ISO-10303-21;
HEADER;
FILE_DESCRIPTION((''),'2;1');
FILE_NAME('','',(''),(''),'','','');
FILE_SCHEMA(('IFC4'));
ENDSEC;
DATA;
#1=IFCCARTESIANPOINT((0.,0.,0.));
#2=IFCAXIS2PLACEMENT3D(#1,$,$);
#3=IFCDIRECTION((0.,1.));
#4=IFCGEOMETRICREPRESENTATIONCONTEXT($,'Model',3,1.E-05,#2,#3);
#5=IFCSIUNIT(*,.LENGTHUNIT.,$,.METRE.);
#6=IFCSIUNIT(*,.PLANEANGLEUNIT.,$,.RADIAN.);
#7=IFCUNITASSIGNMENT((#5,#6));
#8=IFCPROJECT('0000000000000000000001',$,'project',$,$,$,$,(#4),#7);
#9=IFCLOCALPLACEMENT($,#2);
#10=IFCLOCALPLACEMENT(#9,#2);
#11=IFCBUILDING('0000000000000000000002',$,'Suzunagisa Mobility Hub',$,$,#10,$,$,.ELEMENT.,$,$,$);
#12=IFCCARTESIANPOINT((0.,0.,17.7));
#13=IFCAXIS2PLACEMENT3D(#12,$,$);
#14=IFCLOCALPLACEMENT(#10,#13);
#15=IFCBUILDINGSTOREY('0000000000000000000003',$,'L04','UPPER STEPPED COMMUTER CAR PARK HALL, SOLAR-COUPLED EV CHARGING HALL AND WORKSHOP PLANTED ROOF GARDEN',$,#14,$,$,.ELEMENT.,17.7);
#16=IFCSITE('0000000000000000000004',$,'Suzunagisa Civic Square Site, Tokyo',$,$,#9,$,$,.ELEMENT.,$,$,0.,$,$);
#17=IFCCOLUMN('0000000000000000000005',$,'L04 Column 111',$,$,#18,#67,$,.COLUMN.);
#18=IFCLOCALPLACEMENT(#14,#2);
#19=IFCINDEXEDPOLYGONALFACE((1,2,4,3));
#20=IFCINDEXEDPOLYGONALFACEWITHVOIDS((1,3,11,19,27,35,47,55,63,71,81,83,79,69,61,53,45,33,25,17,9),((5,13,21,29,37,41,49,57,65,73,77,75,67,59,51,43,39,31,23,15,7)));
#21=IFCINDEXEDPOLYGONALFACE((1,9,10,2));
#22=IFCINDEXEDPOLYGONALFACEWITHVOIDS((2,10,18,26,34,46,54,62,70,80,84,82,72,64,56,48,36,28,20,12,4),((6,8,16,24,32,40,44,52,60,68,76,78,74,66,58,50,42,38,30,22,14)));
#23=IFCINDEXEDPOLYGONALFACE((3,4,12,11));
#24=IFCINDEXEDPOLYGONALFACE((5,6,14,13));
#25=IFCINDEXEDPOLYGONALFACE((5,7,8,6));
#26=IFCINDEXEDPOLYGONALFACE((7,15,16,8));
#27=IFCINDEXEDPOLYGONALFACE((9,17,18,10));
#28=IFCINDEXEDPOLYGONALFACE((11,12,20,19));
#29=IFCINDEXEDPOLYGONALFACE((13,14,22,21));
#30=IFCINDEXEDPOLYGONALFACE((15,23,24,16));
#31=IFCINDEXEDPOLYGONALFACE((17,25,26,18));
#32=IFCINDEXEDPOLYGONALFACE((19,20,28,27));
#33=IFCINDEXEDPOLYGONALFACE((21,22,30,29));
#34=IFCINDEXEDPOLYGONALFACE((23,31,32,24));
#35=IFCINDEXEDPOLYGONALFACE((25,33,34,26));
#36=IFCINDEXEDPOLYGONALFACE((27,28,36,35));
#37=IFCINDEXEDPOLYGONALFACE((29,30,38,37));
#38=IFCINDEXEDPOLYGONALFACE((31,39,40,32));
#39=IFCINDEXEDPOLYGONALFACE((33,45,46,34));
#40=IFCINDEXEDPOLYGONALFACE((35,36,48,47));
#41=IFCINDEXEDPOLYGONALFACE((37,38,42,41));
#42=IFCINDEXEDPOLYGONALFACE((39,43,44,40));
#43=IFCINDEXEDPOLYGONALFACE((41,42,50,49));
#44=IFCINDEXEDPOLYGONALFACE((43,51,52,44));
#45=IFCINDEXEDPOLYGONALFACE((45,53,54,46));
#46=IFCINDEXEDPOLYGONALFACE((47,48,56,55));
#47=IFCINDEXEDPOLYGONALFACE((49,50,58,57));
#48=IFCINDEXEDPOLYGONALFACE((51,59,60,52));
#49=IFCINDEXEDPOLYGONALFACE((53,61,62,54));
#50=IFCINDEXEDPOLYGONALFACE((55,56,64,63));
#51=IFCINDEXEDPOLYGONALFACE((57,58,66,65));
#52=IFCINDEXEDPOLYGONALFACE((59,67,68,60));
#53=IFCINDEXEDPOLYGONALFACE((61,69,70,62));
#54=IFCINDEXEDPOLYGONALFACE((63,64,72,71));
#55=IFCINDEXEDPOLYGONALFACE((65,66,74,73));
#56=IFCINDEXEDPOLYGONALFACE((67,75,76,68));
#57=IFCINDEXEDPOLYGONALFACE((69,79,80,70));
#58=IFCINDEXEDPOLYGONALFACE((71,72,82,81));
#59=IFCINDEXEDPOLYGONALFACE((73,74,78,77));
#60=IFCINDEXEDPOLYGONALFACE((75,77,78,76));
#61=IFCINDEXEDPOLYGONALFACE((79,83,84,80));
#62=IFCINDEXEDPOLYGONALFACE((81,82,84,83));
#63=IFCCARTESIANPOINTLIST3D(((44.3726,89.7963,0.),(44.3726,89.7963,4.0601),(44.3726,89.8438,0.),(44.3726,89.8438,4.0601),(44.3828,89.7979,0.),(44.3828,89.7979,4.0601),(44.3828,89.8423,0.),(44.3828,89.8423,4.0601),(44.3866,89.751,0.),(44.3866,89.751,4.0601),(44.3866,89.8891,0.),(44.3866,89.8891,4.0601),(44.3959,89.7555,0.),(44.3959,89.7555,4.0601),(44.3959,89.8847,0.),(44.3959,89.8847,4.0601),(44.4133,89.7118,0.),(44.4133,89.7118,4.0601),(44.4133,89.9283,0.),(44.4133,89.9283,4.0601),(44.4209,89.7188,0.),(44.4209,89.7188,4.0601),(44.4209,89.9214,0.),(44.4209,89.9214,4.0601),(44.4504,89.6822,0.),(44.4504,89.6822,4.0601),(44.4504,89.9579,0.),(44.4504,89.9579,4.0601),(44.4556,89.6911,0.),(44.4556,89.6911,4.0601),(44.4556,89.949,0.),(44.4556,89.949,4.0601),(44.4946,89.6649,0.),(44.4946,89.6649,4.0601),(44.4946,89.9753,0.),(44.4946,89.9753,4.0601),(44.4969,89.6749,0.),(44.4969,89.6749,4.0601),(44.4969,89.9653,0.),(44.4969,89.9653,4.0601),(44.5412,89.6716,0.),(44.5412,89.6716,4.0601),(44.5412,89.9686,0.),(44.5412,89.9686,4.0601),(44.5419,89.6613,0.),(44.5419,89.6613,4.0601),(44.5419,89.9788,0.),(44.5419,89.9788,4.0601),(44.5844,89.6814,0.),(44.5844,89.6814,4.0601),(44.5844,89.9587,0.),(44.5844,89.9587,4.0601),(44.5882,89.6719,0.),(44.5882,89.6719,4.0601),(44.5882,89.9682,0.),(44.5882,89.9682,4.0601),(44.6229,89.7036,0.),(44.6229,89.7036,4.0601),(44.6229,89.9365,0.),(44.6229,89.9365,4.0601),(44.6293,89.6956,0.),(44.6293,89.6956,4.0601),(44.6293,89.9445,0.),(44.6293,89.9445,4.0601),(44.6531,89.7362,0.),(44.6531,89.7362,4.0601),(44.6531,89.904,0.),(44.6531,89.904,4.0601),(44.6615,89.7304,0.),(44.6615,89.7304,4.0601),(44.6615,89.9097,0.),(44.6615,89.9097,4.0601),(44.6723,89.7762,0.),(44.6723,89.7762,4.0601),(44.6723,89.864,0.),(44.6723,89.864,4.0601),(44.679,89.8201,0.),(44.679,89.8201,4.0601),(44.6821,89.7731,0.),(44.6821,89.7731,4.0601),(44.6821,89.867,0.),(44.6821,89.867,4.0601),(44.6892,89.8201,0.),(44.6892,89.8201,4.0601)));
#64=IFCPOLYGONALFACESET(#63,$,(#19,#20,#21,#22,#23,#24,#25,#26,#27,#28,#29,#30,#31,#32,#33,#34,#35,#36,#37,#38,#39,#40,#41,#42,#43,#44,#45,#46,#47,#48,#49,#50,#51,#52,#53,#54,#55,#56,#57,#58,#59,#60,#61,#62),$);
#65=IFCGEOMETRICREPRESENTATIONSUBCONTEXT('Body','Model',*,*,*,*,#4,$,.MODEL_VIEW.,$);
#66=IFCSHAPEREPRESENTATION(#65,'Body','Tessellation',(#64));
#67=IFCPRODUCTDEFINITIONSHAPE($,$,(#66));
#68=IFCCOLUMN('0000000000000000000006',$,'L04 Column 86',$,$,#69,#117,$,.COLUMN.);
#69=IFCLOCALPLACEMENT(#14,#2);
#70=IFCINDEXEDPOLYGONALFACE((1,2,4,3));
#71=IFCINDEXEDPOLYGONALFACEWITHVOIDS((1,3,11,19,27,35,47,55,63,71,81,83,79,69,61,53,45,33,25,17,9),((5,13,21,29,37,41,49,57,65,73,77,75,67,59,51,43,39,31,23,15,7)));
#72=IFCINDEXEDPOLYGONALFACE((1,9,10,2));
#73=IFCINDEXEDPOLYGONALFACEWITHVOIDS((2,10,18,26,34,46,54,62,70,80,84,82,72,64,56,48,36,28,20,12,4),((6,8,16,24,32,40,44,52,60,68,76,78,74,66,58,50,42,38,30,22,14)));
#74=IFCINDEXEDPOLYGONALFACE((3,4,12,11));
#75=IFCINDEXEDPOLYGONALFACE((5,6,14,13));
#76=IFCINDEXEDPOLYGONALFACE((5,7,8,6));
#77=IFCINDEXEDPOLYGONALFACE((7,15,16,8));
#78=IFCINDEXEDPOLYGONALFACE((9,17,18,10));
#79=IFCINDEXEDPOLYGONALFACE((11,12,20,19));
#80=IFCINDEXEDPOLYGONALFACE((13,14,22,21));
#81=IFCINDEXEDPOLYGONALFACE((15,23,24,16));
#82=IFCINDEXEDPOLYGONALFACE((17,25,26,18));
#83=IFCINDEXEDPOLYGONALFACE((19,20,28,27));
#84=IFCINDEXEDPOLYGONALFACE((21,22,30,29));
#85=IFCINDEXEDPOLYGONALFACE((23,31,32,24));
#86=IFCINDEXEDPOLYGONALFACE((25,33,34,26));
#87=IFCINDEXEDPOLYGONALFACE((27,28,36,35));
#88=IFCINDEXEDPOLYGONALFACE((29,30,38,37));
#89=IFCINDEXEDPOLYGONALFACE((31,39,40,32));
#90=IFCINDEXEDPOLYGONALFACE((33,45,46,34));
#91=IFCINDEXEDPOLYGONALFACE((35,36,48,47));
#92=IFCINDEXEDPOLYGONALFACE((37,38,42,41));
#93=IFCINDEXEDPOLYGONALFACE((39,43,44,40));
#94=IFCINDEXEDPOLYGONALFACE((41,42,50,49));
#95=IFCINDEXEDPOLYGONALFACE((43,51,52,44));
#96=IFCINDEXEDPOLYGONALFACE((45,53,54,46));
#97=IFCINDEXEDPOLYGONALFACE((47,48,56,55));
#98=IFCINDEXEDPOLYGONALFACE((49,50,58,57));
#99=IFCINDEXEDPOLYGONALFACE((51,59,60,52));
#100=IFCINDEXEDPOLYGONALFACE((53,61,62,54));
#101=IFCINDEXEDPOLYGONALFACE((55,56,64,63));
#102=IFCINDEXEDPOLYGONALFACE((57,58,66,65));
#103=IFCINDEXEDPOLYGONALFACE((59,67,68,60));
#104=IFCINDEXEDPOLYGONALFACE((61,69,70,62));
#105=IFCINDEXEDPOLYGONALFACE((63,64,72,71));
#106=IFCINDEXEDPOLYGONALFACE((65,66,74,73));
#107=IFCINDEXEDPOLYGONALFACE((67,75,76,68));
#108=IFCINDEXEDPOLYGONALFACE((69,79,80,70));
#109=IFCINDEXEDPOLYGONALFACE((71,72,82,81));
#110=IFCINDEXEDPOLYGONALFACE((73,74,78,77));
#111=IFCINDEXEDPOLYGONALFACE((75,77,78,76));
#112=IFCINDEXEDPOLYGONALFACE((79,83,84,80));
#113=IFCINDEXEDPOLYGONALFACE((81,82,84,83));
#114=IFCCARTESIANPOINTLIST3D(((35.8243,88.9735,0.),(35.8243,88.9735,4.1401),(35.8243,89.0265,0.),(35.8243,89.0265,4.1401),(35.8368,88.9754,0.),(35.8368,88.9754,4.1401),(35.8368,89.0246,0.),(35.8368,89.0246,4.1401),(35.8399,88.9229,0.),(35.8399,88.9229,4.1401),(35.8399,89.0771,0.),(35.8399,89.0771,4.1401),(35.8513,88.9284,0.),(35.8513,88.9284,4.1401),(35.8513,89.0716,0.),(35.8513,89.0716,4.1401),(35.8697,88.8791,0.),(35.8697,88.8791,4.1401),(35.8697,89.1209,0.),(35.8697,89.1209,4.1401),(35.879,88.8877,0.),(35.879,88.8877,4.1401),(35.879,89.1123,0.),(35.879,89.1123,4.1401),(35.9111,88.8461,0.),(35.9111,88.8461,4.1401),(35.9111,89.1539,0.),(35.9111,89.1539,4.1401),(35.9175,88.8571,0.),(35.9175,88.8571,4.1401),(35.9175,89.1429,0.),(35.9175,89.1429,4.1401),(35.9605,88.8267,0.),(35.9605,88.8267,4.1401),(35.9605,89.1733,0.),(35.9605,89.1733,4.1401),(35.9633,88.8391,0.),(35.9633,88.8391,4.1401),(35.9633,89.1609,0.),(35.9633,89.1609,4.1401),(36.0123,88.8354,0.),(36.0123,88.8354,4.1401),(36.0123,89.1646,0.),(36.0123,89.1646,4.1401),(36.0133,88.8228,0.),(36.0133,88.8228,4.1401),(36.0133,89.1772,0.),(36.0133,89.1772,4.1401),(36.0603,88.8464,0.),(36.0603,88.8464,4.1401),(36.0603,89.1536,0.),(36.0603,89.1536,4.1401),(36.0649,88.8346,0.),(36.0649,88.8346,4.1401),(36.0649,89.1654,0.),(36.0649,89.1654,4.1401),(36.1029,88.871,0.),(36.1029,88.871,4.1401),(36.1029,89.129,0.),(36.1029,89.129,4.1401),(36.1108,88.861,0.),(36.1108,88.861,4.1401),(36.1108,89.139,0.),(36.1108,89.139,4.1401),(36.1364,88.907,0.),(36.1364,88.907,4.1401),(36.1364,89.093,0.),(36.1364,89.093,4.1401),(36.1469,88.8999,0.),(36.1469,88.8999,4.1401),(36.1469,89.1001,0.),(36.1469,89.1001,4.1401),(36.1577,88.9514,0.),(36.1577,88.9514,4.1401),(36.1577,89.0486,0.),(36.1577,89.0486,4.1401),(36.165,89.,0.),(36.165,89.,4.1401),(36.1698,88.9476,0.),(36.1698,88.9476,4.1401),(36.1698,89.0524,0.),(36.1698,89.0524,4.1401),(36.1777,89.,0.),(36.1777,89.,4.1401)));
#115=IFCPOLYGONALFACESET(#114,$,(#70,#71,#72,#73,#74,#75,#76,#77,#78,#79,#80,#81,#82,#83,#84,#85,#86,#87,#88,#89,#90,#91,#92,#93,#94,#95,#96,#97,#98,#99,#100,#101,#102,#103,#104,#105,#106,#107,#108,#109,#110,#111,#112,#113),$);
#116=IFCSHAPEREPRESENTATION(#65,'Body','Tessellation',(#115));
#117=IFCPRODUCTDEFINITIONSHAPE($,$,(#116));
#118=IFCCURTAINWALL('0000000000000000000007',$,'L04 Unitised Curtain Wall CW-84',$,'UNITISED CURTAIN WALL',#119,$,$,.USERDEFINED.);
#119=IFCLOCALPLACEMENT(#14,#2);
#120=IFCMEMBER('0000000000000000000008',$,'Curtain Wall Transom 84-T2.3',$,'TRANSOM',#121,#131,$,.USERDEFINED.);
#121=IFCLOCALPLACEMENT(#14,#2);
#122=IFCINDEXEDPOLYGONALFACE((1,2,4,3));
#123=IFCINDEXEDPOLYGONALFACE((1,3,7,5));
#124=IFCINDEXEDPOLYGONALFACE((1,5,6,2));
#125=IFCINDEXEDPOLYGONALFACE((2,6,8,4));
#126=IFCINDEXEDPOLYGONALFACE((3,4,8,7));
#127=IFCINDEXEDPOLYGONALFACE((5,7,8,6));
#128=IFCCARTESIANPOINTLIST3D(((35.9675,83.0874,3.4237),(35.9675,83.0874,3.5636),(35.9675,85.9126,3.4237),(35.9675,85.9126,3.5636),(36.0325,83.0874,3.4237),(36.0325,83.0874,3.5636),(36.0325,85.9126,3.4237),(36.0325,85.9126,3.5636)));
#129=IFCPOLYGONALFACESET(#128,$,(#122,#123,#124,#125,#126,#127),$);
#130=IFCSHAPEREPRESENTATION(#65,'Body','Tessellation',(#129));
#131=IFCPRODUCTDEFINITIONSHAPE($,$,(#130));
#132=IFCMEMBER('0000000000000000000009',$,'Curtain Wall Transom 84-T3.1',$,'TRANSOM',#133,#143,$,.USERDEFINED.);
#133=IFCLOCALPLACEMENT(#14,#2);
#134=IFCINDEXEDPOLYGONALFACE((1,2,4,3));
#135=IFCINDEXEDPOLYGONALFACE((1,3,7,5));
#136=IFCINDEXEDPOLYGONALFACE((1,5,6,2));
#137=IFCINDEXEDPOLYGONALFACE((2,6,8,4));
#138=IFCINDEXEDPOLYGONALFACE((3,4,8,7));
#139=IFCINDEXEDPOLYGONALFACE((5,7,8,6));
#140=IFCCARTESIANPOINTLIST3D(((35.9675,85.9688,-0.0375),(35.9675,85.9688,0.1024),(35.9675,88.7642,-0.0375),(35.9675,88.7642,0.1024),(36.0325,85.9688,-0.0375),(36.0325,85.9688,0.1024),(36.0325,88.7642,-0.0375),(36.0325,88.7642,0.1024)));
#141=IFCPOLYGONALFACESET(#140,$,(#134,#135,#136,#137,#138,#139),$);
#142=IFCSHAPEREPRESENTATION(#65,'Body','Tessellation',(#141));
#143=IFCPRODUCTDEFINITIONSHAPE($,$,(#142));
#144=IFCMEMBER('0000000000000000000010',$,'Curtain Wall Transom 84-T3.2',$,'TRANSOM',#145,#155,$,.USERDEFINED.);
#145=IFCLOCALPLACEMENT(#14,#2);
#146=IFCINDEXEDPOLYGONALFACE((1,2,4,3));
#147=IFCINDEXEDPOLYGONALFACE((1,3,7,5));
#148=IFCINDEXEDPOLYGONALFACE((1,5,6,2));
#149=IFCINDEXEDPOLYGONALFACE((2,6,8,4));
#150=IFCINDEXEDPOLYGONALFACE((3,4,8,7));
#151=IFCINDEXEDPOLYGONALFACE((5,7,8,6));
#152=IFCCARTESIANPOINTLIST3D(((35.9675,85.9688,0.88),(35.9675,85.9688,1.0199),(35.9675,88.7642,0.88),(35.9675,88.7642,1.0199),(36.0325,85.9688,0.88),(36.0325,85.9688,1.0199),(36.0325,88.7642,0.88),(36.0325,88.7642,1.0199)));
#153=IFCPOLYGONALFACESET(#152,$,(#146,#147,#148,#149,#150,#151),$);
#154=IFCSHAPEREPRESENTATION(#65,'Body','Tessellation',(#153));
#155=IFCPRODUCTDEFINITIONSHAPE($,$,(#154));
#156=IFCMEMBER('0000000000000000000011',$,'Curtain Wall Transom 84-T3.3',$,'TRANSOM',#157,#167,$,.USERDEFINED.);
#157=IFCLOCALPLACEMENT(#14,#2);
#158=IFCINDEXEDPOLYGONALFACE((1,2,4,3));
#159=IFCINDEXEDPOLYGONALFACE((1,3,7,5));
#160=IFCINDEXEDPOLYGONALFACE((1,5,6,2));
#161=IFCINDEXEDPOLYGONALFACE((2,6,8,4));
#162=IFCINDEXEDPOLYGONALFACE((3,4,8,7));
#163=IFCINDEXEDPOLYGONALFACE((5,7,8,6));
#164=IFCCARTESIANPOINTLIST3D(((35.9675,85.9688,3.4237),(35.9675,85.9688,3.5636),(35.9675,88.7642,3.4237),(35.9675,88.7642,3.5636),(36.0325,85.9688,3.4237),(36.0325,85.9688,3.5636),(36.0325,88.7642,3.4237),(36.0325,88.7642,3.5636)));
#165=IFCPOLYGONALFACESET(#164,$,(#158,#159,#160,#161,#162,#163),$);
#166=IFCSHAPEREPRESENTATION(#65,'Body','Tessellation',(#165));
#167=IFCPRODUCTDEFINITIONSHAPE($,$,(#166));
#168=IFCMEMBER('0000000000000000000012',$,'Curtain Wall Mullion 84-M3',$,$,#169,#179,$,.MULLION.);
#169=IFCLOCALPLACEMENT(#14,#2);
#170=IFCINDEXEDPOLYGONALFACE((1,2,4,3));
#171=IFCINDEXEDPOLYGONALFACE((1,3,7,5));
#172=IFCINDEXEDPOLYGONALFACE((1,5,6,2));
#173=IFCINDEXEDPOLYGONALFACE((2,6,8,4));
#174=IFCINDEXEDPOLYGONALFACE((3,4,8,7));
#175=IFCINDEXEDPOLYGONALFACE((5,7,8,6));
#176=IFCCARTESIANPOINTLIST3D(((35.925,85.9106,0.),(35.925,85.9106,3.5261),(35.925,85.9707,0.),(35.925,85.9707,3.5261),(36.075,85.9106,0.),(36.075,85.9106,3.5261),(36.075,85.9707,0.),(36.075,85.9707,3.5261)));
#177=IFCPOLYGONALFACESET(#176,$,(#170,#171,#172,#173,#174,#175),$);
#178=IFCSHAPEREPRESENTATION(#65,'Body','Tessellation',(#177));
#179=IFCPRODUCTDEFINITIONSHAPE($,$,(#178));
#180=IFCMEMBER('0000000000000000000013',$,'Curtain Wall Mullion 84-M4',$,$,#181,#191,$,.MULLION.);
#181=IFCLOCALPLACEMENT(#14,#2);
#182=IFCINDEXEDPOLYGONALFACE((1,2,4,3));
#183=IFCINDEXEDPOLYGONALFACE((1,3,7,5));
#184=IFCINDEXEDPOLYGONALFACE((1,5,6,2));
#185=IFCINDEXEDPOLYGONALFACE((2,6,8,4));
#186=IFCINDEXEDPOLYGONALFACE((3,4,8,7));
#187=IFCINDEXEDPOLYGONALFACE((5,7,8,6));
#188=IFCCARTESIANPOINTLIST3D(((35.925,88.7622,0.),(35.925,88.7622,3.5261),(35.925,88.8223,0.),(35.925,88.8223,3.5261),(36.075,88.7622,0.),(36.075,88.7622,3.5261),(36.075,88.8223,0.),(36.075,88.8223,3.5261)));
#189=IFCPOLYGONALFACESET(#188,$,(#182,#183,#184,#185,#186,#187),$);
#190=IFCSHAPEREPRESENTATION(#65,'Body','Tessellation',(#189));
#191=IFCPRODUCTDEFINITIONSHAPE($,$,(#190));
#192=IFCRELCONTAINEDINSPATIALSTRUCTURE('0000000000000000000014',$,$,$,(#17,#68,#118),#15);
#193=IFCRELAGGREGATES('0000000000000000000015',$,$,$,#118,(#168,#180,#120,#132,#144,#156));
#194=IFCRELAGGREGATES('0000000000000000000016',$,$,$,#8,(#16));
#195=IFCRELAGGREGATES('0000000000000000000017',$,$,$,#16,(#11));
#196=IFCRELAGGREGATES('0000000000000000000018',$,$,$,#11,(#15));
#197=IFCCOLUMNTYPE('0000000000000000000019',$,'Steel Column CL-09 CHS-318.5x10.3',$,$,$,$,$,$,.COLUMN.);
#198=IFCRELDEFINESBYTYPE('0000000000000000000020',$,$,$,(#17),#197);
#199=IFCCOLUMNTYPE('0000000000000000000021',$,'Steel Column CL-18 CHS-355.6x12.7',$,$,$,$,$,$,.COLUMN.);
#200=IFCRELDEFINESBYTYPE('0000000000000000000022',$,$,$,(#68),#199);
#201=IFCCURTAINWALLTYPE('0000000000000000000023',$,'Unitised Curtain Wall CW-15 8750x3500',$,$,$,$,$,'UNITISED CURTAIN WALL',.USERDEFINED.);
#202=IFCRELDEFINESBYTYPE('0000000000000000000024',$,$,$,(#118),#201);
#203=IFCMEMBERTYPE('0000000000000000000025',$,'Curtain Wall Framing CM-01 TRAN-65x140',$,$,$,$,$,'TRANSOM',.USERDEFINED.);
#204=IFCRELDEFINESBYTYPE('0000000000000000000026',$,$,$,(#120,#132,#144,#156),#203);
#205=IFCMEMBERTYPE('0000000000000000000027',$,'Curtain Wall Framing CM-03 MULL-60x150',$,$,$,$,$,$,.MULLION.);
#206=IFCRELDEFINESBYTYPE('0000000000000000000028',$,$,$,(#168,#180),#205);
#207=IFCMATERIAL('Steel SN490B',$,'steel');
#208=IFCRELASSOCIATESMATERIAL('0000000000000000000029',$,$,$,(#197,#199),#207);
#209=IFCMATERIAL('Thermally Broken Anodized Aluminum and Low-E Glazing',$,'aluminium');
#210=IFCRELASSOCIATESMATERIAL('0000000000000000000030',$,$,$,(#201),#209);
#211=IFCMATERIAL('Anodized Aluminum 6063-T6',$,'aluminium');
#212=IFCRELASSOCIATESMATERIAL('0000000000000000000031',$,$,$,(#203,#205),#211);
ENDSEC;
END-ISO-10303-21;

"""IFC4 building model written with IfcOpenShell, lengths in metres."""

from ifc_helpers import new_model, si_unit, direction, frame, origin, origin_2d, place, context, subcontext, project, spatial, rectangle, hollow_circle, extrude, material, material_profile, profile_set, type_object, element, aggregate, save


model = new_model("IFC4")

# Units and contexts
model_context = context("Model", 3, precision=1e-05, world=origin(), true_north=direction((0.0, 1.0)))
body_context = subcontext(model_context, "Body", "Model", "MODEL_VIEW")
ifc_project = project(units=[si_unit("LENGTHUNIT", "METRE"), si_unit("PLANEANGLEUNIT", "RADIAN")], contexts=[model_context])

# Site, building, storey
site_placement = place(None, origin())
site = spatial("IfcSite", under=ifc_project, at=site_placement, Name="Suzunagisa Civic Square Site, Tokyo", CompositionType="ELEMENT", RefElevation=0.0)
building_placement = place(site_placement, origin())
building = spatial("IfcBuilding", under=site, at=building_placement, Name="Suzunagisa Mobility Hub", CompositionType="ELEMENT")
storey_placement = place(building_placement, frame((0.0, 0.0, 17.7)))
storey = spatial("IfcBuildingStorey", under=building, at=storey_placement, Name="L04", Description="UPPER STEPPED COMMUTER CAR PARK HALL, SOLAR-COUPLED EV CHARGING HALL AND WORKSHOP PLANTED ROOF GARDEN", CompositionType="ELEMENT", Elevation=17.7)

# Columns
ifc_material_1 = material(Name="Steel SN490B", Category="steel")
ifc_material_profile_1 = material_profile(ifc_material_1, hollow_circle(Radius=0.1592, WallThickness=0.0103, at=origin_2d()), Name="CHS-318.5x10.3")
ifc_profile_set_1 = profile_set([ifc_material_profile_1], Name="Steel SN490B")
column_type_1 = type_object("IfcColumnType", Name="Steel Column CL-09 CHS-318.5x10.3", PredefinedType="COLUMN", material=ifc_profile_set_1)
for number, where, z_axis, x_axis, name in (
    (1, (44.53, 89.8201, 0.0), (0.0, 0.0, 1.0), (1.0, 0.0, 0.0), "L04 Column 111"),
):
    element("IfcColumn", number, at=place(storey_placement, frame(where, z_axis=z_axis, x_axis=x_axis)), inside=storey, type_object=column_type_1, Name=name, PredefinedType="COLUMN", context=body_context, shape_type="SweptSolid", body=[
        extrude(hollow_circle(Radius=0.1592, WallThickness=0.0103, at=origin_2d()), origin(), (0.0, 0.0, 1.0), 4.0601),
    ])
ifc_material_profile_2 = material_profile(ifc_material_1, hollow_circle(Radius=0.1777, WallThickness=0.0127, at=origin_2d()), Name="CHS-355.6x12.7")
ifc_profile_set_2 = profile_set([ifc_material_profile_2], Name="Steel SN490B")
column_type_2 = type_object("IfcColumnType", Name="Steel Column CL-18 CHS-355.6x12.7", PredefinedType="COLUMN", material=ifc_profile_set_2)
column_1_placement = place(storey_placement, frame((36.0, 89.0, 0.0), z_axis=(0.0, 0.0, 1.0), x_axis=(1.0, 0.0, 0.0)))
element("IfcColumn", 2, at=column_1_placement, inside=storey, type_object=column_type_2, Name="L04 Column 86", PredefinedType="COLUMN", context=body_context, shape_type="SweptSolid", body=[
    extrude(hollow_circle(Radius=0.1777, WallThickness=0.0127, at=origin_2d()), origin(), (0.0, 0.0, 1.0), 4.1401),
])

# Curtain wall, members
ifc_material_2 = material(Name="Thermally Broken Anodized Aluminum and Low-E Glazing", Category="aluminium")
curtain_wall_type = type_object("IfcCurtainWallType", Name="Unitised Curtain Wall CW-15 8750x3500", ElementType="UNITISED CURTAIN WALL", PredefinedType="USERDEFINED", material=ifc_material_2)
curtain_wall_placement = place(storey_placement, origin())
curtain_wall = element("IfcCurtainWall", 3, at=curtain_wall_placement, inside=storey, type_object=curtain_wall_type, Name="L04 Unitised Curtain Wall CW-84", ObjectType="UNITISED CURTAIN WALL", PredefinedType="USERDEFINED")
ifc_material_3 = material(Name="Anodized Aluminum 6063-T6", Category="aluminium")
ifc_material_profile_3 = material_profile(ifc_material_3, rectangle(XDim=0.0649, YDim=0.1399, at=origin_2d()), Name="TRAN-65x140")
ifc_profile_set_3 = profile_set([ifc_material_profile_3], Name="Anodized Aluminum 6063-T6")
member_type_1 = type_object("IfcMemberType", Name="Curtain Wall Framing CM-01 TRAN-65x140", ElementType="TRANSOM", PredefinedType="USERDEFINED", material=ifc_profile_set_3)
member_1_placement = place(storey_placement, frame((36.0, 83.0874, 3.4937), z_axis=(0.0, 1.0, 0.0), x_axis=(-1.0, 0.0, 0.0)))
member_1 = element("IfcMember", 4, at=member_1_placement, type_object=member_type_1, Name="Curtain Wall Transom 84-T2.3", ObjectType="TRANSOM", PredefinedType="USERDEFINED", context=body_context, shape_type="SweptSolid", body=[
    extrude(rectangle(XDim=0.0649, YDim=0.1399, at=origin_2d()), origin(), (0.0, 0.0, 1.0), 2.8252),
])
member_2_placement = place(storey_placement, frame((36.0, 85.9688, 0.0325), z_axis=(0.0, 1.0, 0.0), x_axis=(-1.0, 0.0, 0.0)))
member_2 = element("IfcMember", 5, at=member_2_placement, type_object=member_type_1, Name="Curtain Wall Transom 84-T3.1", ObjectType="TRANSOM", PredefinedType="USERDEFINED", context=body_context, shape_type="SweptSolid", body=[
    extrude(rectangle(XDim=0.0649, YDim=0.1399, at=origin_2d()), origin(), (0.0, 0.0, 1.0), 2.7954),
])
member_3_placement = place(storey_placement, frame((36.0, 85.9688, 0.95), z_axis=(0.0, 1.0, 0.0), x_axis=(-1.0, 0.0, 0.0)))
member_3 = element("IfcMember", 6, at=member_3_placement, type_object=member_type_1, Name="Curtain Wall Transom 84-T3.2", ObjectType="TRANSOM", PredefinedType="USERDEFINED", context=body_context, shape_type="SweptSolid", body=[
    extrude(rectangle(XDim=0.0649, YDim=0.1399, at=origin_2d()), origin(), (0.0, 0.0, 1.0), 2.7954),
])
member_4_placement = place(storey_placement, frame((36.0, 85.9688, 3.4937), z_axis=(0.0, 1.0, 0.0), x_axis=(-1.0, 0.0, 0.0)))
member_4 = element("IfcMember", 7, at=member_4_placement, type_object=member_type_1, Name="Curtain Wall Transom 84-T3.3", ObjectType="TRANSOM", PredefinedType="USERDEFINED", context=body_context, shape_type="SweptSolid", body=[
    extrude(rectangle(XDim=0.0649, YDim=0.1399, at=origin_2d()), origin(), (0.0, 0.0, 1.0), 2.7954),
])
ifc_material_profile_4 = material_profile(ifc_material_3, rectangle(XDim=0.0601, YDim=0.1499, at=origin_2d()), Name="MULL-60x150")
ifc_profile_set_4 = profile_set([ifc_material_profile_4], Name="Anodized Aluminum 6063-T6")
member_type_2 = type_object("IfcMemberType", Name="Curtain Wall Framing CM-03 MULL-60x150", PredefinedType="MULLION", material=ifc_profile_set_4)
member_5_placement = place(storey_placement, frame((36.0, 85.9407, 0.0), z_axis=(0.0, 0.0, 1.0), x_axis=(0.0, 1.0, 0.0)))
member_5 = element("IfcMember", 8, at=member_5_placement, type_object=member_type_2, Name="Curtain Wall Mullion 84-M3", PredefinedType="MULLION", context=body_context, shape_type="SweptSolid", body=[
    extrude(rectangle(XDim=0.0601, YDim=0.1499, at=origin_2d()), origin(), (0.0, 0.0, 1.0), 3.5261),
])
member_6_placement = place(storey_placement, frame((36.0, 88.7922, 0.0), z_axis=(0.0, 0.0, 1.0), x_axis=(0.0, 1.0, 0.0)))
member_6 = element("IfcMember", 9, at=member_6_placement, type_object=member_type_2, Name="Curtain Wall Mullion 84-M4", PredefinedType="MULLION", context=body_context, shape_type="SweptSolid", body=[
    extrude(rectangle(XDim=0.0601, YDim=0.1499, at=origin_2d()), origin(), (0.0, 0.0, 1.0), 3.5261),
])

aggregate(curtain_wall, [member_5, member_6, member_1, member_2, member_3, member_4])

save(model, "model.ifc")
